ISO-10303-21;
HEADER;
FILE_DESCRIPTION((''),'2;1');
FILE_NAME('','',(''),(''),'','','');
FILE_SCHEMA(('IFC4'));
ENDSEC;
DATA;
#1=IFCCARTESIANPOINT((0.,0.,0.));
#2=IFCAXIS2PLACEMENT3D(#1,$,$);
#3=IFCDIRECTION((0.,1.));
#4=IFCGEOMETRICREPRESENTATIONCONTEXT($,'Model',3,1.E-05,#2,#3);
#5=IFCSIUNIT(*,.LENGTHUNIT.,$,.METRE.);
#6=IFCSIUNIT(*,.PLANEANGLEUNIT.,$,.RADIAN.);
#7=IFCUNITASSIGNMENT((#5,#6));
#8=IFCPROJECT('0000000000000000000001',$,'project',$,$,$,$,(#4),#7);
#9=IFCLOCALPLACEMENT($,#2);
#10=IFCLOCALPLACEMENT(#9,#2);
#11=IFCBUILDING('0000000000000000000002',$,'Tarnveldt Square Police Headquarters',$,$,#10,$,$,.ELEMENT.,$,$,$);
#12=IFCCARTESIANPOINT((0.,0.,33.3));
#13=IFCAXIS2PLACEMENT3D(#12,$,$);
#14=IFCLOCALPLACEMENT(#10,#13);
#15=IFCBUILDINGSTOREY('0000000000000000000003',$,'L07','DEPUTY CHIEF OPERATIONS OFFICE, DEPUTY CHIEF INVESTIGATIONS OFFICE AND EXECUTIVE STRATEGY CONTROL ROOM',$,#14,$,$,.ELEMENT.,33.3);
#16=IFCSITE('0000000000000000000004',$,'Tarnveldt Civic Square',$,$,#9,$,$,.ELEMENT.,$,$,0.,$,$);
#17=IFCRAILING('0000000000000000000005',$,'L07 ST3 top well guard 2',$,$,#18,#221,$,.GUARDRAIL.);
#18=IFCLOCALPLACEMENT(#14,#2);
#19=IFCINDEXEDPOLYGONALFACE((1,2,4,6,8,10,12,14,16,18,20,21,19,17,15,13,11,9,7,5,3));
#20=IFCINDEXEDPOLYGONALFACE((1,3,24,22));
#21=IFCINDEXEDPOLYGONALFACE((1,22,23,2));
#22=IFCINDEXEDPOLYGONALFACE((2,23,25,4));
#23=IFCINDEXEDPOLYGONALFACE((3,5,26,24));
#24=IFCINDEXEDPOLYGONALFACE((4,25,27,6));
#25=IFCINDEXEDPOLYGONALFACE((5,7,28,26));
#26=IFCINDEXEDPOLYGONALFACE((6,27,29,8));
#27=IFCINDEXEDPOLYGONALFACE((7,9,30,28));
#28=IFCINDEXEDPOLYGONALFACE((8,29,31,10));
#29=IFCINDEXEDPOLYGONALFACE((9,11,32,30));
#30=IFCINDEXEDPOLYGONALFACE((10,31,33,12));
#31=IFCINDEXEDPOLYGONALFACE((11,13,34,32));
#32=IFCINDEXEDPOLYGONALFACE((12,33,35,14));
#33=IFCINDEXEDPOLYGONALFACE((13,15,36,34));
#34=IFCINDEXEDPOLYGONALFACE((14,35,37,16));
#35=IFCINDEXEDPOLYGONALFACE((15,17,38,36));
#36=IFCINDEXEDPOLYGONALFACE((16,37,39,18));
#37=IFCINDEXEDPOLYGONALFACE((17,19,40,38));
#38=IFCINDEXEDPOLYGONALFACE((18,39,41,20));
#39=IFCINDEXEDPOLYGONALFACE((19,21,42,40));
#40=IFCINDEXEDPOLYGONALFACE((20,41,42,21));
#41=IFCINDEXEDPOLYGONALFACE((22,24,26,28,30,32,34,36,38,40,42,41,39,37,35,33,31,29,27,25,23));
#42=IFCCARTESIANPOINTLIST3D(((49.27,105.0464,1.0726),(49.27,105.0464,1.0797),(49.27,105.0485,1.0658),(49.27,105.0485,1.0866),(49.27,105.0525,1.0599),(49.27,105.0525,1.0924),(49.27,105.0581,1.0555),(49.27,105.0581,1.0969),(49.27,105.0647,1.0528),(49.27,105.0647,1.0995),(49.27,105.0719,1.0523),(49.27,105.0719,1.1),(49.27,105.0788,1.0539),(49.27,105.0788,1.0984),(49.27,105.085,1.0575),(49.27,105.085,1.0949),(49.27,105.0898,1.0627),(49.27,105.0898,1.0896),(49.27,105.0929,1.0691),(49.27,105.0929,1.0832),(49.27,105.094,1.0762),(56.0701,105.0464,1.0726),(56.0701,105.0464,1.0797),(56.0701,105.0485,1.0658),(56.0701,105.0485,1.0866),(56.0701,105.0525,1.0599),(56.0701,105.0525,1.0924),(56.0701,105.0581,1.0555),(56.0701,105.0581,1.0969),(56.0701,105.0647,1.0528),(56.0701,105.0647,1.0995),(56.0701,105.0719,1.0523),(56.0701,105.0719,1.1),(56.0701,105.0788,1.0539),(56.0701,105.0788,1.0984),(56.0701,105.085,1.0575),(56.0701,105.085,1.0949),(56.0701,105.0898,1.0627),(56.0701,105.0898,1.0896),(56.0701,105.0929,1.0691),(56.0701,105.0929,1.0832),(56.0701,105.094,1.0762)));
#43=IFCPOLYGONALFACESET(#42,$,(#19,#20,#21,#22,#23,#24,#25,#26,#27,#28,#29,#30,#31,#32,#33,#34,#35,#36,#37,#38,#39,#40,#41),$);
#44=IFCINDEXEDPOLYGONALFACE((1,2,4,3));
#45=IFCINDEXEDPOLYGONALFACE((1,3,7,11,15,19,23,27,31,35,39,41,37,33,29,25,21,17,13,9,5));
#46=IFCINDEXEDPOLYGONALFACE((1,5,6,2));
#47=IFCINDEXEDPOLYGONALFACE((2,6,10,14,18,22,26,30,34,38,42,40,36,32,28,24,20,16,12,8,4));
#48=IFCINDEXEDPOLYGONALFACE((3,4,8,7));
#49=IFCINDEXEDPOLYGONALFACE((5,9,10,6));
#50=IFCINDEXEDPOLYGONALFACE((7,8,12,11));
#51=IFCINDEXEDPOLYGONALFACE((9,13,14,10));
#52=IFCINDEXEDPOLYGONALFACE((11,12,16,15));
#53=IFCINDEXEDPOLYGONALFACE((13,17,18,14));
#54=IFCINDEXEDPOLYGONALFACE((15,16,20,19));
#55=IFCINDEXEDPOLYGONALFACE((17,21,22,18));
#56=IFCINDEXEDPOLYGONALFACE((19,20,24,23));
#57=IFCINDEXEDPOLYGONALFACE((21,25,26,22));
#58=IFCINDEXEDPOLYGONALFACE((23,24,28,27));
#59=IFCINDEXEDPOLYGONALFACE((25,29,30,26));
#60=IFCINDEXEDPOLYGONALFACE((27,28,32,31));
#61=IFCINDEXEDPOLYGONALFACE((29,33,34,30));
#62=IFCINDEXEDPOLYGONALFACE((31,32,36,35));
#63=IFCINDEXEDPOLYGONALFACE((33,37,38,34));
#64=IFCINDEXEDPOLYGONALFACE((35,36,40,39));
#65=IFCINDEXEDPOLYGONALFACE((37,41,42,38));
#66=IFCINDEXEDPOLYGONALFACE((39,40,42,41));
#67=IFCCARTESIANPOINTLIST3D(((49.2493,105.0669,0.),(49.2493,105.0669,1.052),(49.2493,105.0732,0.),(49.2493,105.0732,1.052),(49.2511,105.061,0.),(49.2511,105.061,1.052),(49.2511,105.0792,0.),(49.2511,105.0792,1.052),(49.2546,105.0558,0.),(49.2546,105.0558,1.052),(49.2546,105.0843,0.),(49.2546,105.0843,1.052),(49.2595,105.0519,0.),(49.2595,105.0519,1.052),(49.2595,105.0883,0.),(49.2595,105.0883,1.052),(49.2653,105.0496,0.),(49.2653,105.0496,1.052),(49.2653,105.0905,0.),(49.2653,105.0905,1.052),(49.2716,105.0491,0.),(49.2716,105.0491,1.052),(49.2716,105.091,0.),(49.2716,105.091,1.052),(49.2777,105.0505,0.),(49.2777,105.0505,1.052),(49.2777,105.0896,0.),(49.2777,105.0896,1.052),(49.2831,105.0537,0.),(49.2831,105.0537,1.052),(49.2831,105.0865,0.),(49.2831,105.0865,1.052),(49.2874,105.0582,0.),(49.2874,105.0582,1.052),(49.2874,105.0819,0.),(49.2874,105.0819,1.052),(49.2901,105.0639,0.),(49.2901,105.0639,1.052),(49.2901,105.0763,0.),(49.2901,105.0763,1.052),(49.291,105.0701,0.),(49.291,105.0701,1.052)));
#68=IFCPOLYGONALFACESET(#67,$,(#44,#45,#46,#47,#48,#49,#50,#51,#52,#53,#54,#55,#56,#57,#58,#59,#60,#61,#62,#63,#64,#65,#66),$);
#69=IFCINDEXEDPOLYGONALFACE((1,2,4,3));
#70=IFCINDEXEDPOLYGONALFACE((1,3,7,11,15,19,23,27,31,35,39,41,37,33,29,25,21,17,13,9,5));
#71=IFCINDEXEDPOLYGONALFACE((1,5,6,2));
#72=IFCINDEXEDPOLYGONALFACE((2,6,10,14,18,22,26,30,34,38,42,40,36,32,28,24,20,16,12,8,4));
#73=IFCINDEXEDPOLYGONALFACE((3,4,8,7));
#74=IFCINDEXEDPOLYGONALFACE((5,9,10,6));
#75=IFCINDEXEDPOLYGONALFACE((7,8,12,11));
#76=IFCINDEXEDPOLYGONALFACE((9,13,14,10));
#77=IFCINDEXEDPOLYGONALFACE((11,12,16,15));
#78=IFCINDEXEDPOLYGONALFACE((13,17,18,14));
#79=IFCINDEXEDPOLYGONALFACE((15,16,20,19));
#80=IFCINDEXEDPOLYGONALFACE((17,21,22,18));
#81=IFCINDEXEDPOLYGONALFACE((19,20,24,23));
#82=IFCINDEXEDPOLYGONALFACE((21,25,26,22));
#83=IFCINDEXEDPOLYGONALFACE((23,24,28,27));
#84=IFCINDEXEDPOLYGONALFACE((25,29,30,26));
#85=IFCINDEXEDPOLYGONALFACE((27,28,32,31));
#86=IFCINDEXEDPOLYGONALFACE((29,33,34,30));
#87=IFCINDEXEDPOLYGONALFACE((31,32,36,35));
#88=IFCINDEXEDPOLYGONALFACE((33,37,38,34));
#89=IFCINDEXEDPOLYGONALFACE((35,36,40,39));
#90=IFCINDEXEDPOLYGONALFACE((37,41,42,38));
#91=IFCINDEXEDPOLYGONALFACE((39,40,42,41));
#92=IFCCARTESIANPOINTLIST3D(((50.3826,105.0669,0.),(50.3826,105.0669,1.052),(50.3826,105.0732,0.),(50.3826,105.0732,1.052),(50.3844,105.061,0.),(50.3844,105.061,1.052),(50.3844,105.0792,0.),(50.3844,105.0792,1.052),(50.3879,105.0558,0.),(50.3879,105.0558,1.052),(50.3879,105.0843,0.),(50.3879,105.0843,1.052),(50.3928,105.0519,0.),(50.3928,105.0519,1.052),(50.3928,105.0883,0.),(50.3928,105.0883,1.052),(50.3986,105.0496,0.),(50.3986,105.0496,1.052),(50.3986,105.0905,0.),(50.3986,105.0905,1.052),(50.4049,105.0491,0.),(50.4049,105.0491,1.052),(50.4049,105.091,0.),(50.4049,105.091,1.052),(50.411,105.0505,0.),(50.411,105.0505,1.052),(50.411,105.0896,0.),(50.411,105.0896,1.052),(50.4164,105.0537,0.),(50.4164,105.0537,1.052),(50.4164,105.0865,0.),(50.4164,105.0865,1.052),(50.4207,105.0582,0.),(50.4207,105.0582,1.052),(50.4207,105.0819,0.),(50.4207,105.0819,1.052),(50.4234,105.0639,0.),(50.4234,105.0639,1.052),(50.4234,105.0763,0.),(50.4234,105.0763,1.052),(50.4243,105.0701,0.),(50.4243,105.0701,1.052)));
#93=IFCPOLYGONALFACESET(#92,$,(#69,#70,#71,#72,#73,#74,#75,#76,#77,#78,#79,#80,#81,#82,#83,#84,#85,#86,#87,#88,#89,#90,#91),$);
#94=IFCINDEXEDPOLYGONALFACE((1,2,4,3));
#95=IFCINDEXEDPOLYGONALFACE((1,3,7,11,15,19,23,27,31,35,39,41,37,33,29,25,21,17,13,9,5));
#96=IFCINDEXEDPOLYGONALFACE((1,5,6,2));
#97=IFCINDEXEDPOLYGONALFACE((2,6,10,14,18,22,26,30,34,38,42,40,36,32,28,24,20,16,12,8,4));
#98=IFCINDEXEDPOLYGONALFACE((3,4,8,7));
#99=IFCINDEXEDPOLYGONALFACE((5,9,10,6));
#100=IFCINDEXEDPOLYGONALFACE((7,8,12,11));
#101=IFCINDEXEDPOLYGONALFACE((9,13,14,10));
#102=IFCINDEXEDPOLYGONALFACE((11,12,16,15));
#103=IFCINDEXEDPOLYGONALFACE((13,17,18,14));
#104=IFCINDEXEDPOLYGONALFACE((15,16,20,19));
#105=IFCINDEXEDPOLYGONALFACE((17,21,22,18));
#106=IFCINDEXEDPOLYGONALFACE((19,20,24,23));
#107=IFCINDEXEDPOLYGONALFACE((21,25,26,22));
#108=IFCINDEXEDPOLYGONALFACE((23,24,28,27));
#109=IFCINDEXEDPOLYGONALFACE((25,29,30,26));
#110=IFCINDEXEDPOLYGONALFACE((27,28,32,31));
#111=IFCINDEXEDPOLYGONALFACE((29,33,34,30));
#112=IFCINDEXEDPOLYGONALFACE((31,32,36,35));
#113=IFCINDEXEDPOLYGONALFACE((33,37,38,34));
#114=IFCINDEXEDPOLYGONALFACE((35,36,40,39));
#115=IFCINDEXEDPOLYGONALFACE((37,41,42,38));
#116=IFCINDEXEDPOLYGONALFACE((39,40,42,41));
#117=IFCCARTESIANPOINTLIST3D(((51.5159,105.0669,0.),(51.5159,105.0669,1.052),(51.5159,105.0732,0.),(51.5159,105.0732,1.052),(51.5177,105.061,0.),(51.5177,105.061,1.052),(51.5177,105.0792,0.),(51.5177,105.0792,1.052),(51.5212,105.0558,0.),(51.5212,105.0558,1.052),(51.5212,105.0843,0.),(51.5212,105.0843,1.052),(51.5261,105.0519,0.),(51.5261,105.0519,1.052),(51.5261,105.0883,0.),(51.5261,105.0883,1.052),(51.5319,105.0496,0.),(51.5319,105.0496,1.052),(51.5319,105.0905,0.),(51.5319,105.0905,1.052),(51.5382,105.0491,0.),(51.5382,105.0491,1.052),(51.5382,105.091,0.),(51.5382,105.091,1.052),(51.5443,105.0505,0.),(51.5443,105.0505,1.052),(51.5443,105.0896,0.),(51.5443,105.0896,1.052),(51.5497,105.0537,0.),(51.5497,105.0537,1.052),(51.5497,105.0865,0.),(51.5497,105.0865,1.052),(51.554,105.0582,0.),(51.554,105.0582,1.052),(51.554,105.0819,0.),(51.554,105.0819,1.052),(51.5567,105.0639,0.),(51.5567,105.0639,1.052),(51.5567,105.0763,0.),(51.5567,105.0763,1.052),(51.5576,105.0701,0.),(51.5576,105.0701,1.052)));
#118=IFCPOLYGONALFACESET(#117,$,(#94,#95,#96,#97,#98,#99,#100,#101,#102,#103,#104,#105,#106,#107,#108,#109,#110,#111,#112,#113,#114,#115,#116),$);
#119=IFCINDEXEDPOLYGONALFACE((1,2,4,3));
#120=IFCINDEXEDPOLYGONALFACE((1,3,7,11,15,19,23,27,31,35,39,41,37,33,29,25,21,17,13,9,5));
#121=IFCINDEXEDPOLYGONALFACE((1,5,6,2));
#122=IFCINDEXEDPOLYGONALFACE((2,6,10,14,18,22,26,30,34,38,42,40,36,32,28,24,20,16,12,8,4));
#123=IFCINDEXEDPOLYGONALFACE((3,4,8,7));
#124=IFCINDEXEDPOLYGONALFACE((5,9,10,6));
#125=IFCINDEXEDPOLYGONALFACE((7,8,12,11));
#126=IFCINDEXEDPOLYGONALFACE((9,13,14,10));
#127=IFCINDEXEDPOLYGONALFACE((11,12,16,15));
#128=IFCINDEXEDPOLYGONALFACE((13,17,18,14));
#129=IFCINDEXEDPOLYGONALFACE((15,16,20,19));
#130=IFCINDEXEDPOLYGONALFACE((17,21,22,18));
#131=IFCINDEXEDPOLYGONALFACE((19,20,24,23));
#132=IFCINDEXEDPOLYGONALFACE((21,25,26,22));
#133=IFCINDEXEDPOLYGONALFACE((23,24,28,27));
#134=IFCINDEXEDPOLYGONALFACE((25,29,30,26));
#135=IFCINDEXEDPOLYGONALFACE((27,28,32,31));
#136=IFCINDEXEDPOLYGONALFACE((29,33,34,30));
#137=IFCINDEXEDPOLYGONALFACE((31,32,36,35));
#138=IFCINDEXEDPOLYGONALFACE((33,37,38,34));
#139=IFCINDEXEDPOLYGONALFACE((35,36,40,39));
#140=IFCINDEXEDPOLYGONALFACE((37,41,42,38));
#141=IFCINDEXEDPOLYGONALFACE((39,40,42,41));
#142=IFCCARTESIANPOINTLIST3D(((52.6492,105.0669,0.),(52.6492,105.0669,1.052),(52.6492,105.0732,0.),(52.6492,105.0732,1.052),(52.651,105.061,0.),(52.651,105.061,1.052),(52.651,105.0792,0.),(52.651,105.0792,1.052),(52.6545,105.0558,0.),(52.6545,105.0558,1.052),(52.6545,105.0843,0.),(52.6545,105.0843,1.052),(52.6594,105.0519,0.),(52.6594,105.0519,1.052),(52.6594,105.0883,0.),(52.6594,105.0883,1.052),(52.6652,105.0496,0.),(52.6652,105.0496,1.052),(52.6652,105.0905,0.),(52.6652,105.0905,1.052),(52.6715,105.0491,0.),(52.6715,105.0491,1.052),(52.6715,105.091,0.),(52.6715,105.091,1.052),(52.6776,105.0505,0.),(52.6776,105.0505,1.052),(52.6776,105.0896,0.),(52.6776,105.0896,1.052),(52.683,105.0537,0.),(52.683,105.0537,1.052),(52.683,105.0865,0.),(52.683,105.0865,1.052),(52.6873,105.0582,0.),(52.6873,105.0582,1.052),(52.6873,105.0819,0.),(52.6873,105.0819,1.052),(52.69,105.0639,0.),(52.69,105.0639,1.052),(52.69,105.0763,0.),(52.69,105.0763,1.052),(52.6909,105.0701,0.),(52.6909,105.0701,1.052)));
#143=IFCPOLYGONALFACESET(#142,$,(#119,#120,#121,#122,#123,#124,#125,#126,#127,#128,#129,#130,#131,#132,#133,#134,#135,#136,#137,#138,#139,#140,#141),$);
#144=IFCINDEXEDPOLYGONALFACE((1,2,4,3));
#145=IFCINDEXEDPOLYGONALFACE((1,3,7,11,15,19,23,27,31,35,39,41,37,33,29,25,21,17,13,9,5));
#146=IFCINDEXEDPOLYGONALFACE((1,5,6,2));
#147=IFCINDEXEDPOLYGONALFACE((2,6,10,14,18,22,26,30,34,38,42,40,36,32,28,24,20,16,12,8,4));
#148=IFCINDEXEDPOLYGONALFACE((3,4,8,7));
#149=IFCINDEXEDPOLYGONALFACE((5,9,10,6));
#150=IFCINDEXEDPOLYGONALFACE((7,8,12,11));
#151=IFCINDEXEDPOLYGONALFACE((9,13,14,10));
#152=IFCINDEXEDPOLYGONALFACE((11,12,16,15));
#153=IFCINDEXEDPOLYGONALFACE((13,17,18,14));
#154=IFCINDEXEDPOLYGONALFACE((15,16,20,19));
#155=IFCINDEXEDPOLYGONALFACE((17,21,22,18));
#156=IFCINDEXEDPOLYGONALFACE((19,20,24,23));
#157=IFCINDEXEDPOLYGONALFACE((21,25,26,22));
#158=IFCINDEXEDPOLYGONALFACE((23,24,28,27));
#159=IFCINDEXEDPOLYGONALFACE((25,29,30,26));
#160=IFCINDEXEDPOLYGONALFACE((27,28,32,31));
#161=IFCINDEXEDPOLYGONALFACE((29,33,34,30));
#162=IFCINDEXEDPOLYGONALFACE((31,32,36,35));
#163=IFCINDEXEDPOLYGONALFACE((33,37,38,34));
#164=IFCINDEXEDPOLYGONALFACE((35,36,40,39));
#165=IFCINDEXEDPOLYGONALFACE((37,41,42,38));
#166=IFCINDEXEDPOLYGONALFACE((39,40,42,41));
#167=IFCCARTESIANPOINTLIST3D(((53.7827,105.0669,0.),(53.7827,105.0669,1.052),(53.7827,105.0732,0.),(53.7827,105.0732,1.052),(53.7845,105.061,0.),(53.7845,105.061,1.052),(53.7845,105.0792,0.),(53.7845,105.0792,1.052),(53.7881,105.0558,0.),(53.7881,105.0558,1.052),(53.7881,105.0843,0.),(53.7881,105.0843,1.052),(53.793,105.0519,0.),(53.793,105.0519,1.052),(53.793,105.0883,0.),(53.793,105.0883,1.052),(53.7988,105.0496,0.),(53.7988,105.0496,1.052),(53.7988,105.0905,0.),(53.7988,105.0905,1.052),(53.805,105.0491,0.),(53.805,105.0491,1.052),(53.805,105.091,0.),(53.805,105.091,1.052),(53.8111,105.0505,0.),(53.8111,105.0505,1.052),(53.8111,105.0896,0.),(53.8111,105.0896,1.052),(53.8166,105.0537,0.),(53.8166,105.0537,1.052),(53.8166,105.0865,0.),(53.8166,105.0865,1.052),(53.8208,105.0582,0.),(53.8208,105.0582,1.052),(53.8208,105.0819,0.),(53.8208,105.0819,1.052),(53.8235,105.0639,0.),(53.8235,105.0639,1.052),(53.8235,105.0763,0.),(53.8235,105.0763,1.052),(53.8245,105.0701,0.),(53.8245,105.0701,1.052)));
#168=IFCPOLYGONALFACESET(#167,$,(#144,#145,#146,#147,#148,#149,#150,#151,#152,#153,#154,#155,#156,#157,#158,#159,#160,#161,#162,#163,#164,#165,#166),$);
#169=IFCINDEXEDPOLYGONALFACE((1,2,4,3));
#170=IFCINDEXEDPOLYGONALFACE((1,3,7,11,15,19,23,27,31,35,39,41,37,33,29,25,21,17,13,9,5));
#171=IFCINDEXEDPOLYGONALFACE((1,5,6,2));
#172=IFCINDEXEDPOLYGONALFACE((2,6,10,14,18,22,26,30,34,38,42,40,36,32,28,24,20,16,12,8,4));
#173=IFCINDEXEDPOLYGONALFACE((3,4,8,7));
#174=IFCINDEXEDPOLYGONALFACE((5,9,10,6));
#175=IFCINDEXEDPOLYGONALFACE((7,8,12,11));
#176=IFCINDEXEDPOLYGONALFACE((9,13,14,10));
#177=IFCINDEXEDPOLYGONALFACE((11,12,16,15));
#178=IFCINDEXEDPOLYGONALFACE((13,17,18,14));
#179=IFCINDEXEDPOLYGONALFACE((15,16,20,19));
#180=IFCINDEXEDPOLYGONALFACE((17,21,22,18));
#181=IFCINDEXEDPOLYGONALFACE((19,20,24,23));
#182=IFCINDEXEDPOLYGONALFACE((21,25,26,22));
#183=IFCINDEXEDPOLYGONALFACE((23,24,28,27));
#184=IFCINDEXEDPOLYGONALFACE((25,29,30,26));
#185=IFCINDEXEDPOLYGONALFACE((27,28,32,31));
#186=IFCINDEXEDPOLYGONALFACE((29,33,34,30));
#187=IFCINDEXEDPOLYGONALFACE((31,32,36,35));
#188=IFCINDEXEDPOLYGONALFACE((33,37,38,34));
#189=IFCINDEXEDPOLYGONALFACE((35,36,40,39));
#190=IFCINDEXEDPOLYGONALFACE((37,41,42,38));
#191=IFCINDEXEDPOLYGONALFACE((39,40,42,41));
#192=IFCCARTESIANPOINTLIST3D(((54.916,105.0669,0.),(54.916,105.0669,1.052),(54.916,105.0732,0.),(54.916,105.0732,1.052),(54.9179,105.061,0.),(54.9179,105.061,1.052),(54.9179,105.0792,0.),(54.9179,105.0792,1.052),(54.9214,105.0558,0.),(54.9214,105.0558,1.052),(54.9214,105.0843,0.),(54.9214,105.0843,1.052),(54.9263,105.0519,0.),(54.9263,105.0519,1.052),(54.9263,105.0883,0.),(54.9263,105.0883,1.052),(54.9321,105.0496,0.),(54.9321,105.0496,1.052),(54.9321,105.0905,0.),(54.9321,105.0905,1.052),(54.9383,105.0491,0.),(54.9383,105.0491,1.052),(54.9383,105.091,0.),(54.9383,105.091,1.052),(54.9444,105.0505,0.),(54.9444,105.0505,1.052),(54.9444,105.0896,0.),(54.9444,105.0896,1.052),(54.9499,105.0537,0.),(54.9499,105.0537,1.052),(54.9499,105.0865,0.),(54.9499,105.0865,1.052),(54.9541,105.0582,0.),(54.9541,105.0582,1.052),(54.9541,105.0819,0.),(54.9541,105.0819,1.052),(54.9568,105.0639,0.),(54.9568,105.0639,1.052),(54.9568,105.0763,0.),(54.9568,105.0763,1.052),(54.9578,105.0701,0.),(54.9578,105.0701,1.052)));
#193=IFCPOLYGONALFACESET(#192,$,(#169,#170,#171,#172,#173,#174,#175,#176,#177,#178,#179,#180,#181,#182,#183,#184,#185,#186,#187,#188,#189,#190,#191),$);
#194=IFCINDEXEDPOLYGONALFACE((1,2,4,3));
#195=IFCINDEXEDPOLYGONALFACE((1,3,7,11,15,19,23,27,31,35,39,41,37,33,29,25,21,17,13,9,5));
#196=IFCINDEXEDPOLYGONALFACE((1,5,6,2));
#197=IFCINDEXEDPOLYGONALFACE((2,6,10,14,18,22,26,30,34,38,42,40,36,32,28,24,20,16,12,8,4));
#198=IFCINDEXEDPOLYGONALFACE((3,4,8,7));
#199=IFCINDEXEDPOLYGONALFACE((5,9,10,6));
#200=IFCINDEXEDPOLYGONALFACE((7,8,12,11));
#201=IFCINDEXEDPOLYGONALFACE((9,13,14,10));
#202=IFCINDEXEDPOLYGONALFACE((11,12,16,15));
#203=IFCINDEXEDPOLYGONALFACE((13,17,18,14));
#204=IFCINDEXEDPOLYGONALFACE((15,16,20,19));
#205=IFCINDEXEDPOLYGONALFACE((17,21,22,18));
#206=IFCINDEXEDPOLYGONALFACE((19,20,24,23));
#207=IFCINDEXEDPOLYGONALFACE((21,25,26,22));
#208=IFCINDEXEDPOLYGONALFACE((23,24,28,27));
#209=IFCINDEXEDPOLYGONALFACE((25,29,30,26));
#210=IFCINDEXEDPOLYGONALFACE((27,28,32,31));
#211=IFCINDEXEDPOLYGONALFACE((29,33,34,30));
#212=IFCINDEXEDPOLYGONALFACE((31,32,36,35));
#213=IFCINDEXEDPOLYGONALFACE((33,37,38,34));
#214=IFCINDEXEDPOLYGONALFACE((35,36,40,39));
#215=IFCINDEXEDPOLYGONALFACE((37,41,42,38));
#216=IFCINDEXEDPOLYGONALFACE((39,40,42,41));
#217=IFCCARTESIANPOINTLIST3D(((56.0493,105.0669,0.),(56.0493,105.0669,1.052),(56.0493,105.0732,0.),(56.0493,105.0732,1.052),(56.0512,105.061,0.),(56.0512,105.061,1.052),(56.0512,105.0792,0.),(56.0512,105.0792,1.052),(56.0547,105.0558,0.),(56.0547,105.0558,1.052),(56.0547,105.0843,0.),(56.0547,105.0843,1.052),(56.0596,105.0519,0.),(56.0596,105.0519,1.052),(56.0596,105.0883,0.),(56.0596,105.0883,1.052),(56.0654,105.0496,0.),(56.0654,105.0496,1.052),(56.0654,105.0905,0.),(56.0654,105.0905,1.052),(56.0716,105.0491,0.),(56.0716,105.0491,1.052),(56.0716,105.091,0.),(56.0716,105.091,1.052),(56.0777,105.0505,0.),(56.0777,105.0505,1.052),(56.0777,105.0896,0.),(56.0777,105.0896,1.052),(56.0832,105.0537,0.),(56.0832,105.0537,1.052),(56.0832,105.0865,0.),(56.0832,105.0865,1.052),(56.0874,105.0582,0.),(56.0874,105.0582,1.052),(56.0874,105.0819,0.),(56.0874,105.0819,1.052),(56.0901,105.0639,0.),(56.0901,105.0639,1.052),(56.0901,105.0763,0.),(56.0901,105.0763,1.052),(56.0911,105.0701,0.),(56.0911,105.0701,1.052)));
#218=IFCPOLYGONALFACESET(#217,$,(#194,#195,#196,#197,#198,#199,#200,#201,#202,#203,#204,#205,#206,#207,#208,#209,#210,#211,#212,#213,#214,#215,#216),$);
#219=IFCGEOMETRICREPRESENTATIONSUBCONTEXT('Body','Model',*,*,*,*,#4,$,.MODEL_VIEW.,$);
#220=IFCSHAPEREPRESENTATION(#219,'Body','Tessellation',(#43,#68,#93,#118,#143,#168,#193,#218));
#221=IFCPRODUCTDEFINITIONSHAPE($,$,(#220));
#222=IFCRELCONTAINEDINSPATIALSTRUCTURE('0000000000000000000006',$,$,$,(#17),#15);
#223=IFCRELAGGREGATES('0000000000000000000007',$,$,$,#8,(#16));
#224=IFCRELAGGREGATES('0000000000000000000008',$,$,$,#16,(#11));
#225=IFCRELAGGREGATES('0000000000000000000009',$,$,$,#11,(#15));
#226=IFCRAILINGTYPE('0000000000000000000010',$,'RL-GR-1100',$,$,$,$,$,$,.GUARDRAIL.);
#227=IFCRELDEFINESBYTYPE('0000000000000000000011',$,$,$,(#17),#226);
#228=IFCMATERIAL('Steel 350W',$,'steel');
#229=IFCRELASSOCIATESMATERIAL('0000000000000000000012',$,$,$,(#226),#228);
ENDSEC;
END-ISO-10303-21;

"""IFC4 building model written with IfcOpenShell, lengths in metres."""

from ifc_helpers import new_model, si_unit, direction, frame, origin, origin_2d, place, context, subcontext, project, spatial, circle, extrude, material, type_object, element, save


model = new_model("IFC4")

# Units and contexts
model_context = context("Model", 3, precision=1e-05, world=origin(), true_north=direction((0.0, 1.0)))
body_context = subcontext(model_context, "Body", "Model", "MODEL_VIEW")
ifc_project = project(units=[si_unit("LENGTHUNIT", "METRE"), si_unit("PLANEANGLEUNIT", "RADIAN")], contexts=[model_context])

# Site, building, storey
site_placement = place(None, origin())
site = spatial("IfcSite", under=ifc_project, at=site_placement, Name="Tarnveldt Civic Square", CompositionType="ELEMENT", RefElevation=0.0)
building_placement = place(site_placement, origin())
building = spatial("IfcBuilding", under=site, at=building_placement, Name="Tarnveldt Square Police Headquarters", CompositionType="ELEMENT")
storey_placement = place(building_placement, frame((0.0, 0.0, 33.3)))
storey = spatial("IfcBuildingStorey", under=building, at=storey_placement, Name="L07", Description="DEPUTY CHIEF OPERATIONS OFFICE, DEPUTY CHIEF INVESTIGATIONS OFFICE AND EXECUTIVE STRATEGY CONTROL ROOM", CompositionType="ELEMENT", Elevation=33.3)

# Shared definitions
ifc_material_1 = material(Name="Steel 350W", Category="steel")

# Railing
railing_type = type_object("IfcRailingType", Name="RL-GR-1100", PredefinedType="GUARDRAIL", material=ifc_material_1)
railing_1_placement = place(storey_placement, frame((49.27, 105.0701, 0.0)))
element("IfcRailing", 1, at=railing_1_placement, inside=storey, type_object=railing_type, Name="L07 ST3 top well guard 2", PredefinedType="GUARDRAIL", context=body_context, shape_type="SweptSolid", body=[
    extrude(circle(Radius=0.0239, at=origin_2d()), frame((0.0, 0.0, 1.0762), z_axis=(1.0, 0.0, 0.0), x_axis=(0.0, 1.0, 0.0)), (0.0, 0.0, 1.0), 6.8),
    extrude(circle(Radius=0.021, at=origin_2d()), origin(), (0.0, 0.0, 1.0), 1.052),
    extrude(circle(Radius=0.021, at=origin_2d()), frame((1.1333, 0.0, 0.0)), (0.0, 0.0, 1.0), 1.052),
    extrude(circle(Radius=0.021, at=origin_2d()), frame((2.2666, 0.0, 0.0)), (0.0, 0.0, 1.0), 1.052),
    extrude(circle(Radius=0.021, at=origin_2d()), frame((3.3999, 0.0, 0.0)), (0.0, 0.0, 1.0), 1.052),
    extrude(circle(Radius=0.021, at=origin_2d()), frame((4.5334, 0.0, 0.0)), (0.0, 0.0, 1.0), 1.052),
    extrude(circle(Radius=0.021, at=origin_2d()), frame((5.6667, 0.0, 0.0)), (0.0, 0.0, 1.0), 1.052),
    extrude(circle(Radius=0.021, at=origin_2d()), frame((6.8, 0.0, 0.0)), (0.0, 0.0, 1.0), 1.052),
])

save(model, "model.ifc")
